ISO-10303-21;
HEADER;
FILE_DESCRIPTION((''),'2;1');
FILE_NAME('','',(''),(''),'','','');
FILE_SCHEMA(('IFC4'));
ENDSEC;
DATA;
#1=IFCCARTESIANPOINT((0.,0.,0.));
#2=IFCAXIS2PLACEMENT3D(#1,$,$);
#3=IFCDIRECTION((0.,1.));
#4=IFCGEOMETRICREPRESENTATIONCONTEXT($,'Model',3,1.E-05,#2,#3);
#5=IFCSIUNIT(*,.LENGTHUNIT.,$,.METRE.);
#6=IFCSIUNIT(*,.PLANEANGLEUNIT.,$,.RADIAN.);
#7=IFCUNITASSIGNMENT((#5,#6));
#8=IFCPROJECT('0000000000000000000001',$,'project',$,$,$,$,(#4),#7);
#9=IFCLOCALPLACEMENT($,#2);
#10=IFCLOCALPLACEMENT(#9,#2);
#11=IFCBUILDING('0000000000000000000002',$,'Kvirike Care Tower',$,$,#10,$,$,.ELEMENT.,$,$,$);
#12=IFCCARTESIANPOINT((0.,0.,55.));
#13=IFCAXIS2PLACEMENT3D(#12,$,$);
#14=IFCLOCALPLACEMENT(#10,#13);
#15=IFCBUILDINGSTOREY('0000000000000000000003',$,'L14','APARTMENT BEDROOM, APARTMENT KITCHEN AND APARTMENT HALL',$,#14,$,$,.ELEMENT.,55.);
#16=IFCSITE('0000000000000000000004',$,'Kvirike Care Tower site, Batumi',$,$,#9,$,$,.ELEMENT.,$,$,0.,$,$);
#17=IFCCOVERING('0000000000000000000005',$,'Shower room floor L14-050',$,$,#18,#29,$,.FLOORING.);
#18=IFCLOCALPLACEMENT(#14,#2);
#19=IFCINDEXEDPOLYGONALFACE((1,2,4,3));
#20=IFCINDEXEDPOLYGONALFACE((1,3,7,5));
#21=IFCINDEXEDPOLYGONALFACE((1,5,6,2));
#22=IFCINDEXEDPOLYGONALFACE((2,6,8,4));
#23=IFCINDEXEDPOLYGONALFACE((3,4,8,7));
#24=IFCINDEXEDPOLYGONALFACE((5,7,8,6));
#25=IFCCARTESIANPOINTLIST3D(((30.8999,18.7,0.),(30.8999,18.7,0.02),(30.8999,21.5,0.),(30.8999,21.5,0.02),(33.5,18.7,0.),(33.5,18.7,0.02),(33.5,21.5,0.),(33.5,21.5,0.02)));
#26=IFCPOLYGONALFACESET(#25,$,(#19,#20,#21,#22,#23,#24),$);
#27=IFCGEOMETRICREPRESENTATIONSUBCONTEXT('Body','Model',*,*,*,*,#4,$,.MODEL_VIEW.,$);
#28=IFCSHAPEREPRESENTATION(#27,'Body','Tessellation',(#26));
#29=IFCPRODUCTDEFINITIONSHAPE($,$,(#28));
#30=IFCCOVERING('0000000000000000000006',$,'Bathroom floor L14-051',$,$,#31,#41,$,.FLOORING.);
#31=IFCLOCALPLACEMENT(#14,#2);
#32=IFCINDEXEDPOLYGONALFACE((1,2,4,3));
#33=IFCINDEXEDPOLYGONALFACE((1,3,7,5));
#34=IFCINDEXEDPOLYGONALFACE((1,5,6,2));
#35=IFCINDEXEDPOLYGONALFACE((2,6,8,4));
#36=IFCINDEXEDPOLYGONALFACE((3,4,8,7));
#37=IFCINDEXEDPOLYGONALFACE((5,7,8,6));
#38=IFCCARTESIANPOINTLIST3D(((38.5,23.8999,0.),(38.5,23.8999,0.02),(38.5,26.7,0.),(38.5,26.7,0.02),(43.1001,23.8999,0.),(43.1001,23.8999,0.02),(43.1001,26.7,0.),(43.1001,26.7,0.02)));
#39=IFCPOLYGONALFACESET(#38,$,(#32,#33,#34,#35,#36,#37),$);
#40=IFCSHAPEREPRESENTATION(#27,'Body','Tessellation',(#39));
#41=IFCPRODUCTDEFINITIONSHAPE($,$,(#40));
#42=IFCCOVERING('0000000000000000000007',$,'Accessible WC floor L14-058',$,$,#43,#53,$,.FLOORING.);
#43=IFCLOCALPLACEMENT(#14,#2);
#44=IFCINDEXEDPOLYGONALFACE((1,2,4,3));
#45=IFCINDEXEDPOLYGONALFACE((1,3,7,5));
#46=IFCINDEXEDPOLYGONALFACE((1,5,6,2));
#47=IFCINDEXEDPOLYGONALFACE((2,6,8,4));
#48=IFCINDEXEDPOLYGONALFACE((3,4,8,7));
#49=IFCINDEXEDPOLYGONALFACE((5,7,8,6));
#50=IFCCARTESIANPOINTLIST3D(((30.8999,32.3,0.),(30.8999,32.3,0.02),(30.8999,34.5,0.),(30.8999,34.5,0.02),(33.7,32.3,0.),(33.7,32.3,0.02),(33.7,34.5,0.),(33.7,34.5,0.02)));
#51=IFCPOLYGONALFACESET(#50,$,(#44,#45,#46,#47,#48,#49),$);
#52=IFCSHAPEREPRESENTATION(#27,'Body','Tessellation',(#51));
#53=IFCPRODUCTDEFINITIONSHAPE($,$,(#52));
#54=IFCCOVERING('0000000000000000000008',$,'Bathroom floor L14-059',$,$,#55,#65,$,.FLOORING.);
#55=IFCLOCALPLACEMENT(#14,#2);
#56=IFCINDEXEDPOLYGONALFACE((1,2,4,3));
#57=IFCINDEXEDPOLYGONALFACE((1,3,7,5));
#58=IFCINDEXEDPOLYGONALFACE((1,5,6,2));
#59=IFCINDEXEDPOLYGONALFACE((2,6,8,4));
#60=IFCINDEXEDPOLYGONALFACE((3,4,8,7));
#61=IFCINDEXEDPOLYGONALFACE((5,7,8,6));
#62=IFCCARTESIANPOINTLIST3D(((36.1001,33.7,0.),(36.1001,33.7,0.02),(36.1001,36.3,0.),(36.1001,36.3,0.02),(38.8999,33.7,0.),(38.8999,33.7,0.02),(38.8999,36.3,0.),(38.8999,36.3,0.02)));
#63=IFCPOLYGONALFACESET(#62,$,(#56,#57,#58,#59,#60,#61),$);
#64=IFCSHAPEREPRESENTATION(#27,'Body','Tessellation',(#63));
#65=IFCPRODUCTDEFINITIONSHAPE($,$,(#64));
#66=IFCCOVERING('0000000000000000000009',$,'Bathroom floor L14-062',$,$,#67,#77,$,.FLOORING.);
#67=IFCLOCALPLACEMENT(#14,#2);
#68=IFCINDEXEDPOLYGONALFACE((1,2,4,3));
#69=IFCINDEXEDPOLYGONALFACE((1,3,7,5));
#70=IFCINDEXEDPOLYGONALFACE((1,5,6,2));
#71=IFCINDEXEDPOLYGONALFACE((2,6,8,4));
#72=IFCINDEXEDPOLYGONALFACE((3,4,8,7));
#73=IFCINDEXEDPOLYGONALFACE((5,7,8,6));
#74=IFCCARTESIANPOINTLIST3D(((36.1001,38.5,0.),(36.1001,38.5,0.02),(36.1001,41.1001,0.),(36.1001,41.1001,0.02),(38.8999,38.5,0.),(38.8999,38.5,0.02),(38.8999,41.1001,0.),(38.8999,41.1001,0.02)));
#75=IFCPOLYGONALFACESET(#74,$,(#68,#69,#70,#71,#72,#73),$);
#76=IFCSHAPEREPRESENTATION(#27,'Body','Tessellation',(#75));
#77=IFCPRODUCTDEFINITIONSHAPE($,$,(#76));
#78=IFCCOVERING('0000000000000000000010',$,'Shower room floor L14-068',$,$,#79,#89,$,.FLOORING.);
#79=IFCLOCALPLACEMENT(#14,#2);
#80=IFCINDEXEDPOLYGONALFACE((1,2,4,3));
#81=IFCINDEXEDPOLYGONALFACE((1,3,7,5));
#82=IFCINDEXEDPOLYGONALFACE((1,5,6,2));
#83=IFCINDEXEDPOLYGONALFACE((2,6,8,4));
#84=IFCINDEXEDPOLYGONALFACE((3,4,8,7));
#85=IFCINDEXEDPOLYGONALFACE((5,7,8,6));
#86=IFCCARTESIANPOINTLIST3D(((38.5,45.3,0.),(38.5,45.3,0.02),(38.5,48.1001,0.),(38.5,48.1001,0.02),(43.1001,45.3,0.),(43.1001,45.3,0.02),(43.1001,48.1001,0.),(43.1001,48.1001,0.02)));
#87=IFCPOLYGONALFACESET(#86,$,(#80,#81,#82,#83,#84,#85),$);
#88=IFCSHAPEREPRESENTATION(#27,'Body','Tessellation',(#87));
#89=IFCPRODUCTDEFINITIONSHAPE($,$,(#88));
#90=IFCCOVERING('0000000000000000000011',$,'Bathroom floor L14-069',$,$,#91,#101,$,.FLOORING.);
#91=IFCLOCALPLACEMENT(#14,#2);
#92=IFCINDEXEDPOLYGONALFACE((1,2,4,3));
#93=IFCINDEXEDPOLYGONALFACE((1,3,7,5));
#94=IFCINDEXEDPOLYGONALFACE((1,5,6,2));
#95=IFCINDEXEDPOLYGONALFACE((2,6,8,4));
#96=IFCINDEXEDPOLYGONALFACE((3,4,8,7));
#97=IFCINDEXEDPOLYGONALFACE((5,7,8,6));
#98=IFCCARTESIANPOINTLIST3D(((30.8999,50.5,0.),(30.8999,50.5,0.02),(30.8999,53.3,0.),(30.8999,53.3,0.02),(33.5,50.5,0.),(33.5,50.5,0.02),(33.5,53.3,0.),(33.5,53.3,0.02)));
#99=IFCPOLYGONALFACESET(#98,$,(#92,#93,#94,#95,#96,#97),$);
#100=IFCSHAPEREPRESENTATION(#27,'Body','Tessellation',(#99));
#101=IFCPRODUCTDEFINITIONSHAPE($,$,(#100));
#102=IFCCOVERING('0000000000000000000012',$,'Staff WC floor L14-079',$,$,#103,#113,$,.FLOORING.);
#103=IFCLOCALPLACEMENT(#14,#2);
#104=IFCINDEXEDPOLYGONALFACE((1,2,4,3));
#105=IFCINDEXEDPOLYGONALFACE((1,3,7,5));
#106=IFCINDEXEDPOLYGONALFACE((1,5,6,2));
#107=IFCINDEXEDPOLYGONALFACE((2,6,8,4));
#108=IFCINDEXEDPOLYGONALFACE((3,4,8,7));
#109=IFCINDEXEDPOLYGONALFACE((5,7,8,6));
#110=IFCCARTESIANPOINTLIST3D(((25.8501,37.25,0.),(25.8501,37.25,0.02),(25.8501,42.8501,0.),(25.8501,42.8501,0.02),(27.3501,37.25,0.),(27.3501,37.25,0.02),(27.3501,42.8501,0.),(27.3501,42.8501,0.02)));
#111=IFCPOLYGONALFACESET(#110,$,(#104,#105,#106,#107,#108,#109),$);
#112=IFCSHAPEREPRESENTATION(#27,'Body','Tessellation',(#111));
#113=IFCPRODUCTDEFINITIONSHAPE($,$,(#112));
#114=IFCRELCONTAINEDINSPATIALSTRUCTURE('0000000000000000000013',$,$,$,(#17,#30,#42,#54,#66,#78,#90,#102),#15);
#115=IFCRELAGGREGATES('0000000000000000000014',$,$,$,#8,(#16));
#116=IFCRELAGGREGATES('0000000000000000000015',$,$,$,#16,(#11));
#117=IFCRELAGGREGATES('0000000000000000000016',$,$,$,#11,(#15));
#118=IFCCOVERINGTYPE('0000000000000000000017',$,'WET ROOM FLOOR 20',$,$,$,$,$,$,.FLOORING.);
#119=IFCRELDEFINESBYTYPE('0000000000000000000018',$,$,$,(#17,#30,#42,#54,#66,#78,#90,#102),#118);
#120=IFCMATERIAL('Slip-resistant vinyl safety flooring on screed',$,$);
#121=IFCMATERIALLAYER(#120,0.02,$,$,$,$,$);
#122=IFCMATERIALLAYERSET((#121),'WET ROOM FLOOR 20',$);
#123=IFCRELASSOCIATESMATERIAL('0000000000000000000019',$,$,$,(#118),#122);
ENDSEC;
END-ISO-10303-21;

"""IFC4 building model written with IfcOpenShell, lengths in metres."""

from ifc_helpers import new_model, si_unit, direction, frame, origin, place, context, subcontext, project, spatial, polyline, outline, extrude, material, layer, layer_set, type_object, element, save


model = new_model("IFC4")

# Units and contexts
model_context = context("Model", 3, precision=1e-05, world=origin(), true_north=direction((0.0, 1.0)))
body_context = subcontext(model_context, "Body", "Model", "MODEL_VIEW")
ifc_project = project(units=[si_unit("LENGTHUNIT", "METRE"), si_unit("PLANEANGLEUNIT", "RADIAN")], contexts=[model_context])

# Site, building, storey
site_placement = place(None, origin())
site = spatial("IfcSite", under=ifc_project, at=site_placement, Name="Kvirike Care Tower site, Batumi", CompositionType="ELEMENT", RefElevation=0.0)
building_placement = place(site_placement, origin())
building = spatial("IfcBuilding", under=site, at=building_placement, Name="Kvirike Care Tower", CompositionType="ELEMENT")
storey_placement = place(building_placement, frame((0.0, 0.0, 55.0)))
storey = spatial("IfcBuildingStorey", under=building, at=storey_placement, Name="L14", Description="APARTMENT BEDROOM, APARTMENT KITCHEN AND APARTMENT HALL", CompositionType="ELEMENT", Elevation=55.0)

# Coverings
ifc_material_1 = material(Name="Slip-resistant vinyl safety flooring on screed")
ifc_layer_1 = layer(ifc_material_1, 0.02)
ifc_layer_set_1 = layer_set([ifc_layer_1], Name="WET ROOM FLOOR 20")
covering_type = type_object("IfcCoveringType", Name="WET ROOM FLOOR 20", PredefinedType="FLOORING", material=ifc_layer_set_1)
covering_1_placement = place(storey_placement, origin())
element("IfcCovering", 1, at=covering_1_placement, inside=storey, type_object=covering_type, Name="Shower room floor L14-050", PredefinedType="FLOORING", context=body_context, shape_type="SweptSolid", body=[
    extrude(outline(polyline([(30.8999, 18.7), (30.8999, 21.5), (33.5, 21.5), (33.5, 18.7), (30.8999, 18.7)])), origin(), (0.0, 0.0, 1.0), 0.02),
])
covering_2_placement = place(storey_placement, origin())
element("IfcCovering", 2, at=covering_2_placement, inside=storey, type_object=covering_type, Name="Bathroom floor L14-051", PredefinedType="FLOORING", context=body_context, shape_type="SweptSolid", body=[
    extrude(outline(polyline([(38.5, 23.8999), (38.5, 26.7), (43.1001, 26.7), (43.1001, 23.8999), (38.5, 23.8999)])), origin(), (0.0, 0.0, 1.0), 0.02),
])
covering_3_placement = place(storey_placement, origin())
element("IfcCovering", 3, at=covering_3_placement, inside=storey, type_object=covering_type, Name="Accessible WC floor L14-058", PredefinedType="FLOORING", context=body_context, shape_type="SweptSolid", body=[
    extrude(outline(polyline([(33.7, 32.3), (30.8999, 32.3), (30.8999, 34.5), (33.7, 34.5), (33.7, 32.3)])), origin(), (0.0, 0.0, 1.0), 0.02),
])
covering_4_placement = place(storey_placement, origin())
element("IfcCovering", 4, at=covering_4_placement, inside=storey, type_object=covering_type, Name="Bathroom floor L14-059", PredefinedType="FLOORING", context=body_context, shape_type="SweptSolid", body=[
    extrude(outline(polyline([(38.8999, 33.7), (36.1001, 33.7), (36.1001, 36.3), (38.8999, 36.3), (38.8999, 33.7)])), origin(), (0.0, 0.0, 1.0), 0.02),
])
covering_5_placement = place(storey_placement, origin())
element("IfcCovering", 5, at=covering_5_placement, inside=storey, type_object=covering_type, Name="Bathroom floor L14-062", PredefinedType="FLOORING", context=body_context, shape_type="SweptSolid", body=[
    extrude(outline(polyline([(38.8999, 38.5), (36.1001, 38.5), (36.1001, 41.1001), (38.8999, 41.1001), (38.8999, 38.5)])), origin(), (0.0, 0.0, 1.0), 0.02),
])
covering_6_placement = place(storey_placement, origin())
element("IfcCovering", 6, at=covering_6_placement, inside=storey, type_object=covering_type, Name="Shower room floor L14-068", PredefinedType="FLOORING", context=body_context, shape_type="SweptSolid", body=[
    extrude(outline(polyline([(43.1001, 48.1001), (43.1001, 45.3), (38.5, 45.3), (38.5, 48.1001), (43.1001, 48.1001)])), origin(), (0.0, 0.0, 1.0), 0.02),
])
covering_7_placement = place(storey_placement, origin())
element("IfcCovering", 7, at=covering_7_placement, inside=storey, type_object=covering_type, Name="Bathroom floor L14-069", PredefinedType="FLOORING", context=body_context, shape_type="SweptSolid", body=[
    extrude(outline(polyline([(33.5, 53.3), (33.5, 50.5), (30.8999, 50.5), (30.8999, 53.3), (33.5, 53.3)])), origin(), (0.0, 0.0, 1.0), 0.02),
])
covering_8_placement = place(storey_placement, origin())
element("IfcCovering", 8, at=covering_8_placement, inside=storey, type_object=covering_type, Name="Staff WC floor L14-079", PredefinedType="FLOORING", context=body_context, shape_type="SweptSolid", body=[
    extrude(outline(polyline([(27.3501, 37.25), (25.8501, 37.25), (25.8501, 42.8501), (27.3501, 42.8501), (27.3501, 37.25)])), origin(), (0.0, 0.0, 1.0), 0.02),
])

save(model, "model.ifc")
